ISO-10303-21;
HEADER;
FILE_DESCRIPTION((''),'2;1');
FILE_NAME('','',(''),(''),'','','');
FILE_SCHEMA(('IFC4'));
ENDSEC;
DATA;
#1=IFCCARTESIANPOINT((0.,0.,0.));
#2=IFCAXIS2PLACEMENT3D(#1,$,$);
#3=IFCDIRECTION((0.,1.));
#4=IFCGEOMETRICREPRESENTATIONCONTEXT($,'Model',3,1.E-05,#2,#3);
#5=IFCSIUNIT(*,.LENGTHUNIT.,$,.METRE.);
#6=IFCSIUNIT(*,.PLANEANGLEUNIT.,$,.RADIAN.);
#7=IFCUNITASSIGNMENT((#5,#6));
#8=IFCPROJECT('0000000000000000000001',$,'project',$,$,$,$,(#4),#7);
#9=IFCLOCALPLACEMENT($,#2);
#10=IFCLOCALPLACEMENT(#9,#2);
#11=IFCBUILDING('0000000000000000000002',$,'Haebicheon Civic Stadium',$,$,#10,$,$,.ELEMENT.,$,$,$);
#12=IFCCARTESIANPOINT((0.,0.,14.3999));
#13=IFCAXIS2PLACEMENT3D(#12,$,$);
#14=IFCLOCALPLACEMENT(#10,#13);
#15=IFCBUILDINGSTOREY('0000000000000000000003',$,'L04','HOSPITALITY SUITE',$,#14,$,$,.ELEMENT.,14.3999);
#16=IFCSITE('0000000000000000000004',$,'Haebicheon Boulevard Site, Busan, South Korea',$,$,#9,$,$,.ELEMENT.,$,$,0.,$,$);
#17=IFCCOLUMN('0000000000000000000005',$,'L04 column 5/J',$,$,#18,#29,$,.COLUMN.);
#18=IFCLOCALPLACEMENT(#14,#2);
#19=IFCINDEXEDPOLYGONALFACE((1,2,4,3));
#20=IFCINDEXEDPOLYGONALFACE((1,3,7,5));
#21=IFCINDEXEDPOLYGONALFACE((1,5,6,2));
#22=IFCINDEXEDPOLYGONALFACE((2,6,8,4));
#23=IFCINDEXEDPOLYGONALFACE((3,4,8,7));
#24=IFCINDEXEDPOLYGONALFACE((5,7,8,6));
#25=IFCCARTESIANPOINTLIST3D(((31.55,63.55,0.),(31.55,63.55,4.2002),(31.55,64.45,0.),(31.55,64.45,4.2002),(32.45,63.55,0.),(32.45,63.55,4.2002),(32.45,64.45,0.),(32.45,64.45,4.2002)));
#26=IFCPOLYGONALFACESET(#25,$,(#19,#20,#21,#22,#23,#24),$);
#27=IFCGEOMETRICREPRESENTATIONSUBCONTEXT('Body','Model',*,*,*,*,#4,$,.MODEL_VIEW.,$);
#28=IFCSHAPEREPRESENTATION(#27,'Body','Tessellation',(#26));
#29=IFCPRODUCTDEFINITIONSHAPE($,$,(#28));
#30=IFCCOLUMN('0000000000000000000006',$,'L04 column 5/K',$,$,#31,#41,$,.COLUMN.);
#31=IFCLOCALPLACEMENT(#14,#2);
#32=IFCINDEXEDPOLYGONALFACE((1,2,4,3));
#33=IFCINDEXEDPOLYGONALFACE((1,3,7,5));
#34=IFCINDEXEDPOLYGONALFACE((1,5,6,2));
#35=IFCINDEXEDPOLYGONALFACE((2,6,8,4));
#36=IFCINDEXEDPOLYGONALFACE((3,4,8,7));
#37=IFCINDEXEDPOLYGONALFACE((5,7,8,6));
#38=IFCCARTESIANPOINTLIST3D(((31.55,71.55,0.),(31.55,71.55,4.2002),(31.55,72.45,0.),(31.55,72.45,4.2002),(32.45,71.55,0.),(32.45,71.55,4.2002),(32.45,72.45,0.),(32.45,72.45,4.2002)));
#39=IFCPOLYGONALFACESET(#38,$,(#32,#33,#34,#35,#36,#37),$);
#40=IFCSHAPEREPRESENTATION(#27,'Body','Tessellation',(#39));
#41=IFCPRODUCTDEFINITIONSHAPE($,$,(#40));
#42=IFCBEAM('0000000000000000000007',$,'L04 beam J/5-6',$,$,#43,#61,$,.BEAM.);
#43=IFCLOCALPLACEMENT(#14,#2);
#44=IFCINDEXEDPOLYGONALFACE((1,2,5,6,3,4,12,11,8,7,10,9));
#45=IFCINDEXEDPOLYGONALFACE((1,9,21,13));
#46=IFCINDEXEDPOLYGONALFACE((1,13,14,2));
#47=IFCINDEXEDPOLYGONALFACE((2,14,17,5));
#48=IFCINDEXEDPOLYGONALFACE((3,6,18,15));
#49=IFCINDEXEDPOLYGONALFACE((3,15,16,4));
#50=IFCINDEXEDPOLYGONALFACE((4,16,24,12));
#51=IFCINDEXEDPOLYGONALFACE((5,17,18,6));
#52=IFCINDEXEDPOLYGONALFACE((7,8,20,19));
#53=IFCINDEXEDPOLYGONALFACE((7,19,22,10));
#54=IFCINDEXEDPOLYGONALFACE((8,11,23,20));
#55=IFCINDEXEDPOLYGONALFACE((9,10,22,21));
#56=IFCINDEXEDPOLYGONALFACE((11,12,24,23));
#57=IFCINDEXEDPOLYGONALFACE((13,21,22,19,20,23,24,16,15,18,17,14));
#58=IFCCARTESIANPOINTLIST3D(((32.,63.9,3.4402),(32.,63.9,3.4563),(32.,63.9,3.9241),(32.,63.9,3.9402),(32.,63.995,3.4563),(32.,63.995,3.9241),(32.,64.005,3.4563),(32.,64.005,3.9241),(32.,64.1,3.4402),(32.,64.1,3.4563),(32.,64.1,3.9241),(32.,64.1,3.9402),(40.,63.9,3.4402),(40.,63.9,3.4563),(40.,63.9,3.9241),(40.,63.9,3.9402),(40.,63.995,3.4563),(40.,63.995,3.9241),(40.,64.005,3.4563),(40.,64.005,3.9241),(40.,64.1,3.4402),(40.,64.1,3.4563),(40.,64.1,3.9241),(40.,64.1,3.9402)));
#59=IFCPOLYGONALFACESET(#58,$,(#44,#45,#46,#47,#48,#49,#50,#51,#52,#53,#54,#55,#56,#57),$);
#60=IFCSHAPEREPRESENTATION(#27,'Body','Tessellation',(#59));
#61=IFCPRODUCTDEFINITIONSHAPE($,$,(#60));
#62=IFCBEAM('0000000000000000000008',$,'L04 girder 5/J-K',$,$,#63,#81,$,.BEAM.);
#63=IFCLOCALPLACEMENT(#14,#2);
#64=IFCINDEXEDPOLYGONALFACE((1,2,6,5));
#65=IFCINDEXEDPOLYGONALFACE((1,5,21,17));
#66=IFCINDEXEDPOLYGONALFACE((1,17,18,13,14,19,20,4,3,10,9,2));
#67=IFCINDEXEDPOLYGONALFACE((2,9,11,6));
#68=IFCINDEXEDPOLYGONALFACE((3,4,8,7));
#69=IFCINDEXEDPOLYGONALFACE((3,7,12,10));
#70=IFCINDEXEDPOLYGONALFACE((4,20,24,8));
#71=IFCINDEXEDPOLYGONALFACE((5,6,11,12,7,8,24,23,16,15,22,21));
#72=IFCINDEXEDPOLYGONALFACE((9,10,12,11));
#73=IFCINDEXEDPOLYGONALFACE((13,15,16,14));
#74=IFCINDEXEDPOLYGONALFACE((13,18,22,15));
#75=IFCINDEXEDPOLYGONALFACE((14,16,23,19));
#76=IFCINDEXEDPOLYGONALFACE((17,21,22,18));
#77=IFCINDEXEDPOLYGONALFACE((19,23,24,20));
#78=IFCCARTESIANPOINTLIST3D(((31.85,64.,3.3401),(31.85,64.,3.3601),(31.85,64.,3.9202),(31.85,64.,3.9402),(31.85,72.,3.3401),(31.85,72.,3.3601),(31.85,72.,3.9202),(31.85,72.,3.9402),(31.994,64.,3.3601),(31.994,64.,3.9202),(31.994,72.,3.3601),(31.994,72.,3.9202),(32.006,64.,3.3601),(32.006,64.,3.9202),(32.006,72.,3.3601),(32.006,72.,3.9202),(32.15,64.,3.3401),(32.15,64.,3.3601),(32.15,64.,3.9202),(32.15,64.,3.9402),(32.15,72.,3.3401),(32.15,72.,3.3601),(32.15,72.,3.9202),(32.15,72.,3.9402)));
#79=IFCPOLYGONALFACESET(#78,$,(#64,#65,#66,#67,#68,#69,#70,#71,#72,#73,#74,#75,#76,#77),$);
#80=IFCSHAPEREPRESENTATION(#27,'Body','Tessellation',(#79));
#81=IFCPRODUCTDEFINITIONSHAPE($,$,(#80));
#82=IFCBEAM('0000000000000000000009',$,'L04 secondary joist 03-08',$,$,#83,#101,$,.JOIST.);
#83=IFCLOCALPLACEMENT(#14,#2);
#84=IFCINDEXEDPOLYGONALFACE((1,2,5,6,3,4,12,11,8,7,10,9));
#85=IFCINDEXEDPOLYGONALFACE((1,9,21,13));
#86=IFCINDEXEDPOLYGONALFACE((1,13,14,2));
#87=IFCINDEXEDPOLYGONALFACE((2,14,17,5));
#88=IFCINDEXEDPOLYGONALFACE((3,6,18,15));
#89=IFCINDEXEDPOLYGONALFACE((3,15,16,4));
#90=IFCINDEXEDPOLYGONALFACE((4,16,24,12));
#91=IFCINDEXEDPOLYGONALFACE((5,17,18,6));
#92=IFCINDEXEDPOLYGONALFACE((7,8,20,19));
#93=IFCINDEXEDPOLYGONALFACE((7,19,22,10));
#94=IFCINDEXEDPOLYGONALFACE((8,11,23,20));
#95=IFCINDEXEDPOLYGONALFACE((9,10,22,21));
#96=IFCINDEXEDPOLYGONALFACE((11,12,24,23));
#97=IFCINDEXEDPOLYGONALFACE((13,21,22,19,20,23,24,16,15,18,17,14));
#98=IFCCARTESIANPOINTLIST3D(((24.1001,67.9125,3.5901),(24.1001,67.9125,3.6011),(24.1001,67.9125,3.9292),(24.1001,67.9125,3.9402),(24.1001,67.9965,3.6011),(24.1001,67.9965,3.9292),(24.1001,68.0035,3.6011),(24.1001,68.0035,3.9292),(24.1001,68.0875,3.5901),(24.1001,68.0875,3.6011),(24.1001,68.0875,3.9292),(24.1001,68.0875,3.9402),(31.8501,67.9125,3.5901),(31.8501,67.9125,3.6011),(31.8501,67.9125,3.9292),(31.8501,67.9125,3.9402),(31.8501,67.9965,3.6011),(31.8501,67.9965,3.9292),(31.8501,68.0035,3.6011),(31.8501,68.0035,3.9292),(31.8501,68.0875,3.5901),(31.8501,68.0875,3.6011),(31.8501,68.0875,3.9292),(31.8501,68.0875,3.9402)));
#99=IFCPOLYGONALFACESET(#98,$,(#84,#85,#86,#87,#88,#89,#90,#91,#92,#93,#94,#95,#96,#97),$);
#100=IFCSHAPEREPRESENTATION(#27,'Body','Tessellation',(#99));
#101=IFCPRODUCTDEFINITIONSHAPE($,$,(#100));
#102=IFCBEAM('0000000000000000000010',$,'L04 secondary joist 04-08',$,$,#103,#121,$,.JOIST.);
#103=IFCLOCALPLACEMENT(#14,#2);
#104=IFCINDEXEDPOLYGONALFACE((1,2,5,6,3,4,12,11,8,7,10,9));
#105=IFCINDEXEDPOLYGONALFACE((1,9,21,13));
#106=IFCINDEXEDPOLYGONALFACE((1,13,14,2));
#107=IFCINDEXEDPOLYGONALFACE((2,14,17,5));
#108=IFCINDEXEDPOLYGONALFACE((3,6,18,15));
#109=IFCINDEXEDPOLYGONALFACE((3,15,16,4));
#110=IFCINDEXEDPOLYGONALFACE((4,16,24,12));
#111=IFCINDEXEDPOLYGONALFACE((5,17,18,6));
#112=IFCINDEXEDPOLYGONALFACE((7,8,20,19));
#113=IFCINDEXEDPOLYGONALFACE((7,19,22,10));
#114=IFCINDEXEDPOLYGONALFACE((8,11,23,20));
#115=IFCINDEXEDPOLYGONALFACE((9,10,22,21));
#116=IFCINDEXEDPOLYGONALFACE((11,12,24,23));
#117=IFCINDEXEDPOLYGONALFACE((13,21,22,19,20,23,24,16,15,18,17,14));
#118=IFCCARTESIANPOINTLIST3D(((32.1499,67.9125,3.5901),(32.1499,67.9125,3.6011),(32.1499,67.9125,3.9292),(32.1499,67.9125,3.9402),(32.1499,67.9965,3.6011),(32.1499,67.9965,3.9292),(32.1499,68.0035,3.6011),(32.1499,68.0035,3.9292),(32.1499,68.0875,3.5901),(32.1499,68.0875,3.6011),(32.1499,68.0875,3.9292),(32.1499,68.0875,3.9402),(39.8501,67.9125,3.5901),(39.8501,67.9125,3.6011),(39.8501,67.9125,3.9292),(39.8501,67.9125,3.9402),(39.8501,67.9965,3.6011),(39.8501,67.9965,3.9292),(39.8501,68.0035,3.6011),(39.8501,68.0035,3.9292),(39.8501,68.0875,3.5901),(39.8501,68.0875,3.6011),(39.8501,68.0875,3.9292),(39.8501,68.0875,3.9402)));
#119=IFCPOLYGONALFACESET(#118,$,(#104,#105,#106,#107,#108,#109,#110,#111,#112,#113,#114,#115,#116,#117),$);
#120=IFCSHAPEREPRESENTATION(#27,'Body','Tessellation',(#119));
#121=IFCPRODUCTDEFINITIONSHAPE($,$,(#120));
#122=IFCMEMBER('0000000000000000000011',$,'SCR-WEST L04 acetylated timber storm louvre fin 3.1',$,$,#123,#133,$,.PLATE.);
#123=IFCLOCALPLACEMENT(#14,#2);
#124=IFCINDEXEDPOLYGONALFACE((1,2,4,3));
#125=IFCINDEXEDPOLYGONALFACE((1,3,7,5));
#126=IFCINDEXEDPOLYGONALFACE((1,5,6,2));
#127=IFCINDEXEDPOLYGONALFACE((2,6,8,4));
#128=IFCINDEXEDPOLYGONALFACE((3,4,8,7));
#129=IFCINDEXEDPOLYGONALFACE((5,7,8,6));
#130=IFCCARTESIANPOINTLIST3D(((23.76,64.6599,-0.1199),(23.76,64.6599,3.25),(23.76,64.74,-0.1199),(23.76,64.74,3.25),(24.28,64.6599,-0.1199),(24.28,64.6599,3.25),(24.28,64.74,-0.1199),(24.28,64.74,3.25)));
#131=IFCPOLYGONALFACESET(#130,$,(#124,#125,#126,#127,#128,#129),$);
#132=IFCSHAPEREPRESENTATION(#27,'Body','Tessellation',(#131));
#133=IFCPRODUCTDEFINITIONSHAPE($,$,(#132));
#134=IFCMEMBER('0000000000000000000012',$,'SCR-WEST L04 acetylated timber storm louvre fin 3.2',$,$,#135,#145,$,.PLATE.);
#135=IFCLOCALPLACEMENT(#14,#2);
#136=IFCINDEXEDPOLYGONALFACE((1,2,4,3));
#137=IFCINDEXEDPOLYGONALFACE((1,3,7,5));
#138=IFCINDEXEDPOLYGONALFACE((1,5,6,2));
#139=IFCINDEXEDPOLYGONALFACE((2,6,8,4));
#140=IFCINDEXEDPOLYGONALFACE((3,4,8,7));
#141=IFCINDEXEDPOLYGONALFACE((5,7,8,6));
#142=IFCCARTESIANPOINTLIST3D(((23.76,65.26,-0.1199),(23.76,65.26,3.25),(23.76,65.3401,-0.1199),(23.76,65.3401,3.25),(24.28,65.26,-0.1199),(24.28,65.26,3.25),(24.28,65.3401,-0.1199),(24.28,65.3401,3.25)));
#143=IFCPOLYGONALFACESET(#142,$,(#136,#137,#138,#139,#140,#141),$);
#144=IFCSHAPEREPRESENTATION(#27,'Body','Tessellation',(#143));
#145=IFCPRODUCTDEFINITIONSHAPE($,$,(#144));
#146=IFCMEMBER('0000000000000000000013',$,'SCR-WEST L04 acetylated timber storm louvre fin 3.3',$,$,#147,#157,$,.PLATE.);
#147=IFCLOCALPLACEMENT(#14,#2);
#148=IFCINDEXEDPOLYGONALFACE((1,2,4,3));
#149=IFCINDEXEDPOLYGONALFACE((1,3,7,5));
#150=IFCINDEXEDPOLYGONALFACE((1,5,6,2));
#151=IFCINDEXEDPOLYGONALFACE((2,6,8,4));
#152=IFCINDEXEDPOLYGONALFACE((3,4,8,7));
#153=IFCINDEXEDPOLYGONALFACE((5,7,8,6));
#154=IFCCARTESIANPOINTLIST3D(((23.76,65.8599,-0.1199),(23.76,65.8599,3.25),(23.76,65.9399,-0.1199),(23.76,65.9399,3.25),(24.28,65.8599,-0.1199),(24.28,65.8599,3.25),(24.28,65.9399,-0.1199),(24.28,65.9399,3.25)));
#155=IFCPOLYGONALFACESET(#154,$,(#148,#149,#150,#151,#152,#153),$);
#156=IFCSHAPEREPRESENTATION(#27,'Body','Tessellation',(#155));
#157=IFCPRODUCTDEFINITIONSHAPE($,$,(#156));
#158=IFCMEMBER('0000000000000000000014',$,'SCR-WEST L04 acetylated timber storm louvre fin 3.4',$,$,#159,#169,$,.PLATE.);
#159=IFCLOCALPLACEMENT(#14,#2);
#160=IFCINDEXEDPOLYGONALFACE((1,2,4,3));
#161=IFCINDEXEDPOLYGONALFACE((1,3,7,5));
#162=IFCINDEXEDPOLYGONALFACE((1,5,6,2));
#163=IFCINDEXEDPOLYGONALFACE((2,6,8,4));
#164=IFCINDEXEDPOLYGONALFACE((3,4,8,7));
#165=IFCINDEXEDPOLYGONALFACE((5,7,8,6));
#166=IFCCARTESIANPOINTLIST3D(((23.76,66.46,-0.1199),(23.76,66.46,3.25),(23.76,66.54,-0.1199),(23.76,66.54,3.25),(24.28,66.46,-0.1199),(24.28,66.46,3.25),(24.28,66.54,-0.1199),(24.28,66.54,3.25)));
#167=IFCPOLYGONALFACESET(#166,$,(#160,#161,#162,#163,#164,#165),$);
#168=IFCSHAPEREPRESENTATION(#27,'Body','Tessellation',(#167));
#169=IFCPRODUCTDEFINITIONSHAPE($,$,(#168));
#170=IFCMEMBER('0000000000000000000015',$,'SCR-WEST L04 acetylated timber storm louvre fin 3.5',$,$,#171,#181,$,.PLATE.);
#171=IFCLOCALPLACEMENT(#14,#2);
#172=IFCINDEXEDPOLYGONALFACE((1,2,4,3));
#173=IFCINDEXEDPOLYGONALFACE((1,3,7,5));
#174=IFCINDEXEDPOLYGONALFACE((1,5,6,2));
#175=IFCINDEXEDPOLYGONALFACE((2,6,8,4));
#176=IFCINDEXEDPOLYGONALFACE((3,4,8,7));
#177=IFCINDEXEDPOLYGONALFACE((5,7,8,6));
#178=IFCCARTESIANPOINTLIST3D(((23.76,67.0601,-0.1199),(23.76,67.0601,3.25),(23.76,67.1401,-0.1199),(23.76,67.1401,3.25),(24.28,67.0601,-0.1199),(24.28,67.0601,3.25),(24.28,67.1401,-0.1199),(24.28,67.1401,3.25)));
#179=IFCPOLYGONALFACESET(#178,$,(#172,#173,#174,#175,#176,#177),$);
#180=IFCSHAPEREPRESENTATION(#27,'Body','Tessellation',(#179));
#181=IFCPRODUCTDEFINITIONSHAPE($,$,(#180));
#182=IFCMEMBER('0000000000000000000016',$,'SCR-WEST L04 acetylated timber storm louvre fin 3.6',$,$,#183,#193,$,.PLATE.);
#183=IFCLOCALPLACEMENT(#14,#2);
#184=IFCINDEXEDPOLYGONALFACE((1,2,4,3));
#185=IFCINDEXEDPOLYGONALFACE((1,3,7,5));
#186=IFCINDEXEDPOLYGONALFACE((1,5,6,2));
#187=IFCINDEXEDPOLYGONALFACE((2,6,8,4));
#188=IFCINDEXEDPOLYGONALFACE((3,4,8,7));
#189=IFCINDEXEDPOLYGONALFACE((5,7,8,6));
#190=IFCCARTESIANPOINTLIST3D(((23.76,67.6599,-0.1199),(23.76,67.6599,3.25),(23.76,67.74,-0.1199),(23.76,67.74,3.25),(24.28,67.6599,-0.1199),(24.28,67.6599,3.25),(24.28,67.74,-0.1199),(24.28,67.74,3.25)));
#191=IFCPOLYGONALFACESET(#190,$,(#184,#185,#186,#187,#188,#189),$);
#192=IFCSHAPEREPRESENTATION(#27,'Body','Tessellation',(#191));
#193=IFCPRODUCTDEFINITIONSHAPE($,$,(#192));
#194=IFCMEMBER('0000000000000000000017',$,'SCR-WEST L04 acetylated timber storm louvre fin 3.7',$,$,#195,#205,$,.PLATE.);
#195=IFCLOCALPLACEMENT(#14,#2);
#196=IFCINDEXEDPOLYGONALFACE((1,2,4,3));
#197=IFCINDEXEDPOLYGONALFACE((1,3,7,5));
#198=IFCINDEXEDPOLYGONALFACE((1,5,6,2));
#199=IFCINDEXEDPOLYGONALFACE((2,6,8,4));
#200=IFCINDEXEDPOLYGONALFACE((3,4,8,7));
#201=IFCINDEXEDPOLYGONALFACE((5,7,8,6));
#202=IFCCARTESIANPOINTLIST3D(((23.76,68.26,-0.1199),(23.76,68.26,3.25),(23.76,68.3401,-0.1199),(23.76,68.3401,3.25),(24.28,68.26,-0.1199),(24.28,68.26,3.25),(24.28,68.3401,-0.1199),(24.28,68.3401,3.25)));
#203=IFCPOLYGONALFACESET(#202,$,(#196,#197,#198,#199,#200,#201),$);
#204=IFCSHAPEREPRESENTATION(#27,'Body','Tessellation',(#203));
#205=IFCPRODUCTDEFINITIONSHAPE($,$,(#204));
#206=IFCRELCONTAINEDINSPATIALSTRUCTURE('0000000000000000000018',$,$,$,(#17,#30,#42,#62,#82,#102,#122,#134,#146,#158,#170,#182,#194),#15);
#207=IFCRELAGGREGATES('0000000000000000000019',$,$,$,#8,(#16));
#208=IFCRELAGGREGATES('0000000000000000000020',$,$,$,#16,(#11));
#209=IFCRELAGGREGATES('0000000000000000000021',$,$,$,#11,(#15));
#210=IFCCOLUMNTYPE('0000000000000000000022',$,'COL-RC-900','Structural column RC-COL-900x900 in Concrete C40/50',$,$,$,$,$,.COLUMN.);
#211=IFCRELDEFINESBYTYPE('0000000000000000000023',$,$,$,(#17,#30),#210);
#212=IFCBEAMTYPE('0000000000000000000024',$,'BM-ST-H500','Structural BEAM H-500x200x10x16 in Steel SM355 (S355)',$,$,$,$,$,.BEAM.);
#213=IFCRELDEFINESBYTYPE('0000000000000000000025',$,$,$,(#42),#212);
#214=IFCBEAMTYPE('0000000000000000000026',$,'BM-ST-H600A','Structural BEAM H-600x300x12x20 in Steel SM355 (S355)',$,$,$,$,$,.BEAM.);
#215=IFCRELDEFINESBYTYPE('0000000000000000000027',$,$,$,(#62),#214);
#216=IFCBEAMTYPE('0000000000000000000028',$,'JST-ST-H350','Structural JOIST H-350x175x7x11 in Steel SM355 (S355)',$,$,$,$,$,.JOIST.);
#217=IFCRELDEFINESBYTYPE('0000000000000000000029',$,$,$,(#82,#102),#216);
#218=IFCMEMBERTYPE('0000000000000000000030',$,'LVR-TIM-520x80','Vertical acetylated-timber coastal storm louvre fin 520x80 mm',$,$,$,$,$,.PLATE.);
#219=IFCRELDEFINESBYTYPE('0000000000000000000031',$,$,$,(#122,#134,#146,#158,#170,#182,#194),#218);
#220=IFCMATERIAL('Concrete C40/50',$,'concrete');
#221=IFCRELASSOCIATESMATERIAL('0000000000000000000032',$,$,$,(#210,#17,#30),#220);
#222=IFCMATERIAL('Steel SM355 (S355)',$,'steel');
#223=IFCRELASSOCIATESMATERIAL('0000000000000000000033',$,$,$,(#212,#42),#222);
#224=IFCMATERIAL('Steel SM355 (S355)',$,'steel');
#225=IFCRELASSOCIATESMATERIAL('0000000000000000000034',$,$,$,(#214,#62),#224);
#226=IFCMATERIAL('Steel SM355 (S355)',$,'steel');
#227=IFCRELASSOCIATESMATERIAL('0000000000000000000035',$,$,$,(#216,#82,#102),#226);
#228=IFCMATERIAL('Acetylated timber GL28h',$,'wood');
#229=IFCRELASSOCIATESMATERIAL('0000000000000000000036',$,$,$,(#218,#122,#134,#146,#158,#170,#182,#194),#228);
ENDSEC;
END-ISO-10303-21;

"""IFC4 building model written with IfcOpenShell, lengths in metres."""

from ifc_helpers import new_model, si_unit, direction, frame, origin, origin_2d, place, context, subcontext, project, spatial, rectangle, i_section, extrude, material, material_profile, profile_set, type_object, element, save


model = new_model("IFC4")

# Units and contexts
model_context = context("Model", 3, precision=1e-05, world=origin(), true_north=direction((0.0, 1.0)))
body_context = subcontext(model_context, "Body", "Model", "MODEL_VIEW")
ifc_project = project(units=[si_unit("LENGTHUNIT", "METRE"), si_unit("PLANEANGLEUNIT", "RADIAN")], contexts=[model_context])

# Site, building, storey
site_placement = place(None, origin())
site = spatial("IfcSite", under=ifc_project, at=site_placement, Name="Haebicheon Boulevard Site, Busan, South Korea", CompositionType="ELEMENT", RefElevation=0.0)
building_placement = place(site_placement, origin())
building = spatial("IfcBuilding", under=site, at=building_placement, Name="Haebicheon Civic Stadium", CompositionType="ELEMENT")
storey_placement = place(building_placement, frame((0.0, 0.0, 14.3999)))
storey = spatial("IfcBuildingStorey", under=building, at=storey_placement, Name="L04", Description="HOSPITALITY SUITE", CompositionType="ELEMENT", Elevation=14.3999)

# Columns
ifc_material_1 = material(Name="Concrete C40/50", Category="concrete")
ifc_material_profile_1 = material_profile(ifc_material_1, rectangle(XDim=0.8999, YDim=0.8999, at=origin_2d()), Name="RC-COL-900x900")
ifc_profile_set_1 = profile_set([ifc_material_profile_1], Name="Concrete C40/50")
column_type = type_object("IfcColumnType", Name="COL-RC-900", Description="Structural column RC-COL-900x900 in Concrete C40/50", PredefinedType="COLUMN", material=ifc_profile_set_1)
for number, where, z_axis, x_axis, name in (
    (1, (32.0, 64.0, 0.0), (0.0, 0.0, 1.0), (1.0, 0.0, 0.0), "L04 column 5/J"),
    (2, (32.0, 72.0, 0.0), (0.0, 0.0, 1.0), (1.0, 0.0, 0.0), "L04 column 5/K"),
):
    element("IfcColumn", number, at=place(storey_placement, frame(where, z_axis=z_axis, x_axis=x_axis)), inside=storey, type_object=column_type, material=ifc_profile_set_1, Name=name, PredefinedType="COLUMN", context=body_context, shape_type="SweptSolid", body=[
        extrude(rectangle(XDim=0.8999, YDim=0.8999, at=origin_2d()), origin(), (0.0, 0.0, 1.0), 4.2002),
    ])

# Beams
ifc_material_2 = material(Name="Steel SM355 (S355)", Category="steel")
ifc_material_profile_2 = material_profile(ifc_material_2, i_section(OverallWidth=0.2, OverallDepth=0.5, WebThickness=0.01, FlangeThickness=0.0161, at=origin_2d()), Name="H-500x200x10x16")
ifc_profile_set_2 = profile_set([ifc_material_profile_2], Name="Steel SM355 (S355)")
beam_type_1 = type_object("IfcBeamType", Name="BM-ST-H500", Description="Structural BEAM H-500x200x10x16 in Steel SM355 (S355)", PredefinedType="BEAM", material=ifc_profile_set_2)
beam_1_placement = place(storey_placement, frame((32.0, 64.0, 3.6902), z_axis=(1.0, 0.0, 0.0), x_axis=(0.0, 1.0, 0.0)))
element("IfcBeam", 3, at=beam_1_placement, inside=storey, type_object=beam_type_1, material=ifc_profile_set_2, Name="L04 beam J/5-6", PredefinedType="BEAM", context=body_context, shape_type="SweptSolid", body=[
    extrude(i_section(OverallWidth=0.2, OverallDepth=0.5, WebThickness=0.01, FlangeThickness=0.0161, at=origin_2d()), origin(), (0.0, 0.0, 1.0), 8.0),
])
ifc_material_3 = material(Name="Steel SM355 (S355)", Category="steel")
ifc_material_profile_3 = material_profile(ifc_material_3, i_section(OverallWidth=0.3, OverallDepth=0.6001, WebThickness=0.012, FlangeThickness=0.02, at=origin_2d()), Name="H-600x300x12x20")
ifc_profile_set_3 = profile_set([ifc_material_profile_3], Name="Steel SM355 (S355)")
beam_type_2 = type_object("IfcBeamType", Name="BM-ST-H600A", Description="Structural BEAM H-600x300x12x20 in Steel SM355 (S355)", PredefinedType="BEAM", material=ifc_profile_set_3)
beam_2_placement = place(storey_placement, frame((32.0, 64.0, 3.6401), z_axis=(0.0, 1.0, 0.0), x_axis=(-1.0, 0.0, 0.0)))
element("IfcBeam", 4, at=beam_2_placement, inside=storey, type_object=beam_type_2, material=ifc_profile_set_3, Name="L04 girder 5/J-K", PredefinedType="BEAM", context=body_context, shape_type="SweptSolid", body=[
    extrude(i_section(OverallWidth=0.3, OverallDepth=0.6001, WebThickness=0.012, FlangeThickness=0.02, at=origin_2d()), origin(), (0.0, 0.0, 1.0), 8.0),
])
ifc_material_4 = material(Name="Steel SM355 (S355)", Category="steel")
ifc_material_profile_4 = material_profile(ifc_material_4, i_section(OverallWidth=0.175, OverallDepth=0.3501, WebThickness=0.0071, FlangeThickness=0.011, at=origin_2d()), Name="H-350x175x7x11")
ifc_profile_set_4 = profile_set([ifc_material_profile_4], Name="Steel SM355 (S355)")
beam_type_3 = type_object("IfcBeamType", Name="JST-ST-H350", Description="Structural JOIST H-350x175x7x11 in Steel SM355 (S355)", PredefinedType="JOIST", material=ifc_profile_set_4)
beam_3_placement = place(storey_placement, frame((24.1001, 68.0, 3.7651), z_axis=(1.0, 0.0, 0.0), x_axis=(0.0, 1.0, 0.0)))
element("IfcBeam", 5, at=beam_3_placement, inside=storey, type_object=beam_type_3, material=ifc_profile_set_4, Name="L04 secondary joist 03-08", PredefinedType="JOIST", context=body_context, shape_type="SweptSolid", body=[
    extrude(i_section(OverallWidth=0.175, OverallDepth=0.3501, WebThickness=0.0071, FlangeThickness=0.011, at=origin_2d()), origin(), (0.0, 0.0, 1.0), 7.75),
])
beam_4_placement = place(storey_placement, frame((32.1499, 68.0, 3.7651), z_axis=(1.0, 0.0, 0.0), x_axis=(0.0, 1.0, 0.0)))
element("IfcBeam", 6, at=beam_4_placement, inside=storey, type_object=beam_type_3, material=ifc_profile_set_4, Name="L04 secondary joist 04-08", PredefinedType="JOIST", context=body_context, shape_type="SweptSolid", body=[
    extrude(i_section(OverallWidth=0.175, OverallDepth=0.3501, WebThickness=0.0071, FlangeThickness=0.011, at=origin_2d()), origin(), (0.0, 0.0, 1.0), 7.7002),
])

# Members
ifc_material_5 = material(Name="Acetylated timber GL28h", Category="wood")
ifc_material_profile_5 = material_profile(ifc_material_5, rectangle(XDim=0.0801, YDim=0.52, at=origin_2d()), Name="TMB-LOUV-80x520")
ifc_profile_set_5 = profile_set([ifc_material_profile_5], Name="Acetylated timber GL28h")
member_type = type_object("IfcMemberType", Name="LVR-TIM-520x80", Description="Vertical acetylated-timber coastal storm louvre fin 520x80 mm", PredefinedType="PLATE", material=ifc_profile_set_5)
for number, where, z_axis, x_axis, name in (
    (7, (24.02, 64.7, -0.1199), (0.0, 0.0, 1.0), (0.0, 1.0, 0.0), "SCR-WEST L04 acetylated timber storm louvre fin 3.1"),
    (8, (24.02, 65.3, -0.1199), (0.0, 0.0, 1.0), (0.0, 1.0, 0.0), "SCR-WEST L04 acetylated timber storm louvre fin 3.2"),
    (9, (24.02, 65.8999, -0.1199), (0.0, 0.0, 1.0), (0.0, 1.0, 0.0), "SCR-WEST L04 acetylated timber storm louvre fin 3.3"),
    (10, (24.02, 66.5, -0.1199), (0.0, 0.0, 1.0), (0.0, 1.0, 0.0), "SCR-WEST L04 acetylated timber storm louvre fin 3.4"),
    (11, (24.02, 67.1001, -0.1199), (0.0, 0.0, 1.0), (0.0, 1.0, 0.0), "SCR-WEST L04 acetylated timber storm louvre fin 3.5"),
    (12, (24.02, 67.7, -0.1199), (0.0, 0.0, 1.0), (0.0, 1.0, 0.0), "SCR-WEST L04 acetylated timber storm louvre fin 3.6"),
    (13, (24.02, 68.3, -0.1199), (0.0, 0.0, 1.0), (0.0, 1.0, 0.0), "SCR-WEST L04 acetylated timber storm louvre fin 3.7"),
):
    element("IfcMember", number, at=place(storey_placement, frame(where, z_axis=z_axis, x_axis=x_axis)), inside=storey, type_object=member_type, material=ifc_profile_set_5, Name=name, PredefinedType="PLATE", context=body_context, shape_type="SweptSolid", body=[
        extrude(rectangle(XDim=0.0801, YDim=0.52, at=origin_2d()), origin(), (0.0, 0.0, 1.0), 3.3699),
    ])

save(model, "model.ifc")
